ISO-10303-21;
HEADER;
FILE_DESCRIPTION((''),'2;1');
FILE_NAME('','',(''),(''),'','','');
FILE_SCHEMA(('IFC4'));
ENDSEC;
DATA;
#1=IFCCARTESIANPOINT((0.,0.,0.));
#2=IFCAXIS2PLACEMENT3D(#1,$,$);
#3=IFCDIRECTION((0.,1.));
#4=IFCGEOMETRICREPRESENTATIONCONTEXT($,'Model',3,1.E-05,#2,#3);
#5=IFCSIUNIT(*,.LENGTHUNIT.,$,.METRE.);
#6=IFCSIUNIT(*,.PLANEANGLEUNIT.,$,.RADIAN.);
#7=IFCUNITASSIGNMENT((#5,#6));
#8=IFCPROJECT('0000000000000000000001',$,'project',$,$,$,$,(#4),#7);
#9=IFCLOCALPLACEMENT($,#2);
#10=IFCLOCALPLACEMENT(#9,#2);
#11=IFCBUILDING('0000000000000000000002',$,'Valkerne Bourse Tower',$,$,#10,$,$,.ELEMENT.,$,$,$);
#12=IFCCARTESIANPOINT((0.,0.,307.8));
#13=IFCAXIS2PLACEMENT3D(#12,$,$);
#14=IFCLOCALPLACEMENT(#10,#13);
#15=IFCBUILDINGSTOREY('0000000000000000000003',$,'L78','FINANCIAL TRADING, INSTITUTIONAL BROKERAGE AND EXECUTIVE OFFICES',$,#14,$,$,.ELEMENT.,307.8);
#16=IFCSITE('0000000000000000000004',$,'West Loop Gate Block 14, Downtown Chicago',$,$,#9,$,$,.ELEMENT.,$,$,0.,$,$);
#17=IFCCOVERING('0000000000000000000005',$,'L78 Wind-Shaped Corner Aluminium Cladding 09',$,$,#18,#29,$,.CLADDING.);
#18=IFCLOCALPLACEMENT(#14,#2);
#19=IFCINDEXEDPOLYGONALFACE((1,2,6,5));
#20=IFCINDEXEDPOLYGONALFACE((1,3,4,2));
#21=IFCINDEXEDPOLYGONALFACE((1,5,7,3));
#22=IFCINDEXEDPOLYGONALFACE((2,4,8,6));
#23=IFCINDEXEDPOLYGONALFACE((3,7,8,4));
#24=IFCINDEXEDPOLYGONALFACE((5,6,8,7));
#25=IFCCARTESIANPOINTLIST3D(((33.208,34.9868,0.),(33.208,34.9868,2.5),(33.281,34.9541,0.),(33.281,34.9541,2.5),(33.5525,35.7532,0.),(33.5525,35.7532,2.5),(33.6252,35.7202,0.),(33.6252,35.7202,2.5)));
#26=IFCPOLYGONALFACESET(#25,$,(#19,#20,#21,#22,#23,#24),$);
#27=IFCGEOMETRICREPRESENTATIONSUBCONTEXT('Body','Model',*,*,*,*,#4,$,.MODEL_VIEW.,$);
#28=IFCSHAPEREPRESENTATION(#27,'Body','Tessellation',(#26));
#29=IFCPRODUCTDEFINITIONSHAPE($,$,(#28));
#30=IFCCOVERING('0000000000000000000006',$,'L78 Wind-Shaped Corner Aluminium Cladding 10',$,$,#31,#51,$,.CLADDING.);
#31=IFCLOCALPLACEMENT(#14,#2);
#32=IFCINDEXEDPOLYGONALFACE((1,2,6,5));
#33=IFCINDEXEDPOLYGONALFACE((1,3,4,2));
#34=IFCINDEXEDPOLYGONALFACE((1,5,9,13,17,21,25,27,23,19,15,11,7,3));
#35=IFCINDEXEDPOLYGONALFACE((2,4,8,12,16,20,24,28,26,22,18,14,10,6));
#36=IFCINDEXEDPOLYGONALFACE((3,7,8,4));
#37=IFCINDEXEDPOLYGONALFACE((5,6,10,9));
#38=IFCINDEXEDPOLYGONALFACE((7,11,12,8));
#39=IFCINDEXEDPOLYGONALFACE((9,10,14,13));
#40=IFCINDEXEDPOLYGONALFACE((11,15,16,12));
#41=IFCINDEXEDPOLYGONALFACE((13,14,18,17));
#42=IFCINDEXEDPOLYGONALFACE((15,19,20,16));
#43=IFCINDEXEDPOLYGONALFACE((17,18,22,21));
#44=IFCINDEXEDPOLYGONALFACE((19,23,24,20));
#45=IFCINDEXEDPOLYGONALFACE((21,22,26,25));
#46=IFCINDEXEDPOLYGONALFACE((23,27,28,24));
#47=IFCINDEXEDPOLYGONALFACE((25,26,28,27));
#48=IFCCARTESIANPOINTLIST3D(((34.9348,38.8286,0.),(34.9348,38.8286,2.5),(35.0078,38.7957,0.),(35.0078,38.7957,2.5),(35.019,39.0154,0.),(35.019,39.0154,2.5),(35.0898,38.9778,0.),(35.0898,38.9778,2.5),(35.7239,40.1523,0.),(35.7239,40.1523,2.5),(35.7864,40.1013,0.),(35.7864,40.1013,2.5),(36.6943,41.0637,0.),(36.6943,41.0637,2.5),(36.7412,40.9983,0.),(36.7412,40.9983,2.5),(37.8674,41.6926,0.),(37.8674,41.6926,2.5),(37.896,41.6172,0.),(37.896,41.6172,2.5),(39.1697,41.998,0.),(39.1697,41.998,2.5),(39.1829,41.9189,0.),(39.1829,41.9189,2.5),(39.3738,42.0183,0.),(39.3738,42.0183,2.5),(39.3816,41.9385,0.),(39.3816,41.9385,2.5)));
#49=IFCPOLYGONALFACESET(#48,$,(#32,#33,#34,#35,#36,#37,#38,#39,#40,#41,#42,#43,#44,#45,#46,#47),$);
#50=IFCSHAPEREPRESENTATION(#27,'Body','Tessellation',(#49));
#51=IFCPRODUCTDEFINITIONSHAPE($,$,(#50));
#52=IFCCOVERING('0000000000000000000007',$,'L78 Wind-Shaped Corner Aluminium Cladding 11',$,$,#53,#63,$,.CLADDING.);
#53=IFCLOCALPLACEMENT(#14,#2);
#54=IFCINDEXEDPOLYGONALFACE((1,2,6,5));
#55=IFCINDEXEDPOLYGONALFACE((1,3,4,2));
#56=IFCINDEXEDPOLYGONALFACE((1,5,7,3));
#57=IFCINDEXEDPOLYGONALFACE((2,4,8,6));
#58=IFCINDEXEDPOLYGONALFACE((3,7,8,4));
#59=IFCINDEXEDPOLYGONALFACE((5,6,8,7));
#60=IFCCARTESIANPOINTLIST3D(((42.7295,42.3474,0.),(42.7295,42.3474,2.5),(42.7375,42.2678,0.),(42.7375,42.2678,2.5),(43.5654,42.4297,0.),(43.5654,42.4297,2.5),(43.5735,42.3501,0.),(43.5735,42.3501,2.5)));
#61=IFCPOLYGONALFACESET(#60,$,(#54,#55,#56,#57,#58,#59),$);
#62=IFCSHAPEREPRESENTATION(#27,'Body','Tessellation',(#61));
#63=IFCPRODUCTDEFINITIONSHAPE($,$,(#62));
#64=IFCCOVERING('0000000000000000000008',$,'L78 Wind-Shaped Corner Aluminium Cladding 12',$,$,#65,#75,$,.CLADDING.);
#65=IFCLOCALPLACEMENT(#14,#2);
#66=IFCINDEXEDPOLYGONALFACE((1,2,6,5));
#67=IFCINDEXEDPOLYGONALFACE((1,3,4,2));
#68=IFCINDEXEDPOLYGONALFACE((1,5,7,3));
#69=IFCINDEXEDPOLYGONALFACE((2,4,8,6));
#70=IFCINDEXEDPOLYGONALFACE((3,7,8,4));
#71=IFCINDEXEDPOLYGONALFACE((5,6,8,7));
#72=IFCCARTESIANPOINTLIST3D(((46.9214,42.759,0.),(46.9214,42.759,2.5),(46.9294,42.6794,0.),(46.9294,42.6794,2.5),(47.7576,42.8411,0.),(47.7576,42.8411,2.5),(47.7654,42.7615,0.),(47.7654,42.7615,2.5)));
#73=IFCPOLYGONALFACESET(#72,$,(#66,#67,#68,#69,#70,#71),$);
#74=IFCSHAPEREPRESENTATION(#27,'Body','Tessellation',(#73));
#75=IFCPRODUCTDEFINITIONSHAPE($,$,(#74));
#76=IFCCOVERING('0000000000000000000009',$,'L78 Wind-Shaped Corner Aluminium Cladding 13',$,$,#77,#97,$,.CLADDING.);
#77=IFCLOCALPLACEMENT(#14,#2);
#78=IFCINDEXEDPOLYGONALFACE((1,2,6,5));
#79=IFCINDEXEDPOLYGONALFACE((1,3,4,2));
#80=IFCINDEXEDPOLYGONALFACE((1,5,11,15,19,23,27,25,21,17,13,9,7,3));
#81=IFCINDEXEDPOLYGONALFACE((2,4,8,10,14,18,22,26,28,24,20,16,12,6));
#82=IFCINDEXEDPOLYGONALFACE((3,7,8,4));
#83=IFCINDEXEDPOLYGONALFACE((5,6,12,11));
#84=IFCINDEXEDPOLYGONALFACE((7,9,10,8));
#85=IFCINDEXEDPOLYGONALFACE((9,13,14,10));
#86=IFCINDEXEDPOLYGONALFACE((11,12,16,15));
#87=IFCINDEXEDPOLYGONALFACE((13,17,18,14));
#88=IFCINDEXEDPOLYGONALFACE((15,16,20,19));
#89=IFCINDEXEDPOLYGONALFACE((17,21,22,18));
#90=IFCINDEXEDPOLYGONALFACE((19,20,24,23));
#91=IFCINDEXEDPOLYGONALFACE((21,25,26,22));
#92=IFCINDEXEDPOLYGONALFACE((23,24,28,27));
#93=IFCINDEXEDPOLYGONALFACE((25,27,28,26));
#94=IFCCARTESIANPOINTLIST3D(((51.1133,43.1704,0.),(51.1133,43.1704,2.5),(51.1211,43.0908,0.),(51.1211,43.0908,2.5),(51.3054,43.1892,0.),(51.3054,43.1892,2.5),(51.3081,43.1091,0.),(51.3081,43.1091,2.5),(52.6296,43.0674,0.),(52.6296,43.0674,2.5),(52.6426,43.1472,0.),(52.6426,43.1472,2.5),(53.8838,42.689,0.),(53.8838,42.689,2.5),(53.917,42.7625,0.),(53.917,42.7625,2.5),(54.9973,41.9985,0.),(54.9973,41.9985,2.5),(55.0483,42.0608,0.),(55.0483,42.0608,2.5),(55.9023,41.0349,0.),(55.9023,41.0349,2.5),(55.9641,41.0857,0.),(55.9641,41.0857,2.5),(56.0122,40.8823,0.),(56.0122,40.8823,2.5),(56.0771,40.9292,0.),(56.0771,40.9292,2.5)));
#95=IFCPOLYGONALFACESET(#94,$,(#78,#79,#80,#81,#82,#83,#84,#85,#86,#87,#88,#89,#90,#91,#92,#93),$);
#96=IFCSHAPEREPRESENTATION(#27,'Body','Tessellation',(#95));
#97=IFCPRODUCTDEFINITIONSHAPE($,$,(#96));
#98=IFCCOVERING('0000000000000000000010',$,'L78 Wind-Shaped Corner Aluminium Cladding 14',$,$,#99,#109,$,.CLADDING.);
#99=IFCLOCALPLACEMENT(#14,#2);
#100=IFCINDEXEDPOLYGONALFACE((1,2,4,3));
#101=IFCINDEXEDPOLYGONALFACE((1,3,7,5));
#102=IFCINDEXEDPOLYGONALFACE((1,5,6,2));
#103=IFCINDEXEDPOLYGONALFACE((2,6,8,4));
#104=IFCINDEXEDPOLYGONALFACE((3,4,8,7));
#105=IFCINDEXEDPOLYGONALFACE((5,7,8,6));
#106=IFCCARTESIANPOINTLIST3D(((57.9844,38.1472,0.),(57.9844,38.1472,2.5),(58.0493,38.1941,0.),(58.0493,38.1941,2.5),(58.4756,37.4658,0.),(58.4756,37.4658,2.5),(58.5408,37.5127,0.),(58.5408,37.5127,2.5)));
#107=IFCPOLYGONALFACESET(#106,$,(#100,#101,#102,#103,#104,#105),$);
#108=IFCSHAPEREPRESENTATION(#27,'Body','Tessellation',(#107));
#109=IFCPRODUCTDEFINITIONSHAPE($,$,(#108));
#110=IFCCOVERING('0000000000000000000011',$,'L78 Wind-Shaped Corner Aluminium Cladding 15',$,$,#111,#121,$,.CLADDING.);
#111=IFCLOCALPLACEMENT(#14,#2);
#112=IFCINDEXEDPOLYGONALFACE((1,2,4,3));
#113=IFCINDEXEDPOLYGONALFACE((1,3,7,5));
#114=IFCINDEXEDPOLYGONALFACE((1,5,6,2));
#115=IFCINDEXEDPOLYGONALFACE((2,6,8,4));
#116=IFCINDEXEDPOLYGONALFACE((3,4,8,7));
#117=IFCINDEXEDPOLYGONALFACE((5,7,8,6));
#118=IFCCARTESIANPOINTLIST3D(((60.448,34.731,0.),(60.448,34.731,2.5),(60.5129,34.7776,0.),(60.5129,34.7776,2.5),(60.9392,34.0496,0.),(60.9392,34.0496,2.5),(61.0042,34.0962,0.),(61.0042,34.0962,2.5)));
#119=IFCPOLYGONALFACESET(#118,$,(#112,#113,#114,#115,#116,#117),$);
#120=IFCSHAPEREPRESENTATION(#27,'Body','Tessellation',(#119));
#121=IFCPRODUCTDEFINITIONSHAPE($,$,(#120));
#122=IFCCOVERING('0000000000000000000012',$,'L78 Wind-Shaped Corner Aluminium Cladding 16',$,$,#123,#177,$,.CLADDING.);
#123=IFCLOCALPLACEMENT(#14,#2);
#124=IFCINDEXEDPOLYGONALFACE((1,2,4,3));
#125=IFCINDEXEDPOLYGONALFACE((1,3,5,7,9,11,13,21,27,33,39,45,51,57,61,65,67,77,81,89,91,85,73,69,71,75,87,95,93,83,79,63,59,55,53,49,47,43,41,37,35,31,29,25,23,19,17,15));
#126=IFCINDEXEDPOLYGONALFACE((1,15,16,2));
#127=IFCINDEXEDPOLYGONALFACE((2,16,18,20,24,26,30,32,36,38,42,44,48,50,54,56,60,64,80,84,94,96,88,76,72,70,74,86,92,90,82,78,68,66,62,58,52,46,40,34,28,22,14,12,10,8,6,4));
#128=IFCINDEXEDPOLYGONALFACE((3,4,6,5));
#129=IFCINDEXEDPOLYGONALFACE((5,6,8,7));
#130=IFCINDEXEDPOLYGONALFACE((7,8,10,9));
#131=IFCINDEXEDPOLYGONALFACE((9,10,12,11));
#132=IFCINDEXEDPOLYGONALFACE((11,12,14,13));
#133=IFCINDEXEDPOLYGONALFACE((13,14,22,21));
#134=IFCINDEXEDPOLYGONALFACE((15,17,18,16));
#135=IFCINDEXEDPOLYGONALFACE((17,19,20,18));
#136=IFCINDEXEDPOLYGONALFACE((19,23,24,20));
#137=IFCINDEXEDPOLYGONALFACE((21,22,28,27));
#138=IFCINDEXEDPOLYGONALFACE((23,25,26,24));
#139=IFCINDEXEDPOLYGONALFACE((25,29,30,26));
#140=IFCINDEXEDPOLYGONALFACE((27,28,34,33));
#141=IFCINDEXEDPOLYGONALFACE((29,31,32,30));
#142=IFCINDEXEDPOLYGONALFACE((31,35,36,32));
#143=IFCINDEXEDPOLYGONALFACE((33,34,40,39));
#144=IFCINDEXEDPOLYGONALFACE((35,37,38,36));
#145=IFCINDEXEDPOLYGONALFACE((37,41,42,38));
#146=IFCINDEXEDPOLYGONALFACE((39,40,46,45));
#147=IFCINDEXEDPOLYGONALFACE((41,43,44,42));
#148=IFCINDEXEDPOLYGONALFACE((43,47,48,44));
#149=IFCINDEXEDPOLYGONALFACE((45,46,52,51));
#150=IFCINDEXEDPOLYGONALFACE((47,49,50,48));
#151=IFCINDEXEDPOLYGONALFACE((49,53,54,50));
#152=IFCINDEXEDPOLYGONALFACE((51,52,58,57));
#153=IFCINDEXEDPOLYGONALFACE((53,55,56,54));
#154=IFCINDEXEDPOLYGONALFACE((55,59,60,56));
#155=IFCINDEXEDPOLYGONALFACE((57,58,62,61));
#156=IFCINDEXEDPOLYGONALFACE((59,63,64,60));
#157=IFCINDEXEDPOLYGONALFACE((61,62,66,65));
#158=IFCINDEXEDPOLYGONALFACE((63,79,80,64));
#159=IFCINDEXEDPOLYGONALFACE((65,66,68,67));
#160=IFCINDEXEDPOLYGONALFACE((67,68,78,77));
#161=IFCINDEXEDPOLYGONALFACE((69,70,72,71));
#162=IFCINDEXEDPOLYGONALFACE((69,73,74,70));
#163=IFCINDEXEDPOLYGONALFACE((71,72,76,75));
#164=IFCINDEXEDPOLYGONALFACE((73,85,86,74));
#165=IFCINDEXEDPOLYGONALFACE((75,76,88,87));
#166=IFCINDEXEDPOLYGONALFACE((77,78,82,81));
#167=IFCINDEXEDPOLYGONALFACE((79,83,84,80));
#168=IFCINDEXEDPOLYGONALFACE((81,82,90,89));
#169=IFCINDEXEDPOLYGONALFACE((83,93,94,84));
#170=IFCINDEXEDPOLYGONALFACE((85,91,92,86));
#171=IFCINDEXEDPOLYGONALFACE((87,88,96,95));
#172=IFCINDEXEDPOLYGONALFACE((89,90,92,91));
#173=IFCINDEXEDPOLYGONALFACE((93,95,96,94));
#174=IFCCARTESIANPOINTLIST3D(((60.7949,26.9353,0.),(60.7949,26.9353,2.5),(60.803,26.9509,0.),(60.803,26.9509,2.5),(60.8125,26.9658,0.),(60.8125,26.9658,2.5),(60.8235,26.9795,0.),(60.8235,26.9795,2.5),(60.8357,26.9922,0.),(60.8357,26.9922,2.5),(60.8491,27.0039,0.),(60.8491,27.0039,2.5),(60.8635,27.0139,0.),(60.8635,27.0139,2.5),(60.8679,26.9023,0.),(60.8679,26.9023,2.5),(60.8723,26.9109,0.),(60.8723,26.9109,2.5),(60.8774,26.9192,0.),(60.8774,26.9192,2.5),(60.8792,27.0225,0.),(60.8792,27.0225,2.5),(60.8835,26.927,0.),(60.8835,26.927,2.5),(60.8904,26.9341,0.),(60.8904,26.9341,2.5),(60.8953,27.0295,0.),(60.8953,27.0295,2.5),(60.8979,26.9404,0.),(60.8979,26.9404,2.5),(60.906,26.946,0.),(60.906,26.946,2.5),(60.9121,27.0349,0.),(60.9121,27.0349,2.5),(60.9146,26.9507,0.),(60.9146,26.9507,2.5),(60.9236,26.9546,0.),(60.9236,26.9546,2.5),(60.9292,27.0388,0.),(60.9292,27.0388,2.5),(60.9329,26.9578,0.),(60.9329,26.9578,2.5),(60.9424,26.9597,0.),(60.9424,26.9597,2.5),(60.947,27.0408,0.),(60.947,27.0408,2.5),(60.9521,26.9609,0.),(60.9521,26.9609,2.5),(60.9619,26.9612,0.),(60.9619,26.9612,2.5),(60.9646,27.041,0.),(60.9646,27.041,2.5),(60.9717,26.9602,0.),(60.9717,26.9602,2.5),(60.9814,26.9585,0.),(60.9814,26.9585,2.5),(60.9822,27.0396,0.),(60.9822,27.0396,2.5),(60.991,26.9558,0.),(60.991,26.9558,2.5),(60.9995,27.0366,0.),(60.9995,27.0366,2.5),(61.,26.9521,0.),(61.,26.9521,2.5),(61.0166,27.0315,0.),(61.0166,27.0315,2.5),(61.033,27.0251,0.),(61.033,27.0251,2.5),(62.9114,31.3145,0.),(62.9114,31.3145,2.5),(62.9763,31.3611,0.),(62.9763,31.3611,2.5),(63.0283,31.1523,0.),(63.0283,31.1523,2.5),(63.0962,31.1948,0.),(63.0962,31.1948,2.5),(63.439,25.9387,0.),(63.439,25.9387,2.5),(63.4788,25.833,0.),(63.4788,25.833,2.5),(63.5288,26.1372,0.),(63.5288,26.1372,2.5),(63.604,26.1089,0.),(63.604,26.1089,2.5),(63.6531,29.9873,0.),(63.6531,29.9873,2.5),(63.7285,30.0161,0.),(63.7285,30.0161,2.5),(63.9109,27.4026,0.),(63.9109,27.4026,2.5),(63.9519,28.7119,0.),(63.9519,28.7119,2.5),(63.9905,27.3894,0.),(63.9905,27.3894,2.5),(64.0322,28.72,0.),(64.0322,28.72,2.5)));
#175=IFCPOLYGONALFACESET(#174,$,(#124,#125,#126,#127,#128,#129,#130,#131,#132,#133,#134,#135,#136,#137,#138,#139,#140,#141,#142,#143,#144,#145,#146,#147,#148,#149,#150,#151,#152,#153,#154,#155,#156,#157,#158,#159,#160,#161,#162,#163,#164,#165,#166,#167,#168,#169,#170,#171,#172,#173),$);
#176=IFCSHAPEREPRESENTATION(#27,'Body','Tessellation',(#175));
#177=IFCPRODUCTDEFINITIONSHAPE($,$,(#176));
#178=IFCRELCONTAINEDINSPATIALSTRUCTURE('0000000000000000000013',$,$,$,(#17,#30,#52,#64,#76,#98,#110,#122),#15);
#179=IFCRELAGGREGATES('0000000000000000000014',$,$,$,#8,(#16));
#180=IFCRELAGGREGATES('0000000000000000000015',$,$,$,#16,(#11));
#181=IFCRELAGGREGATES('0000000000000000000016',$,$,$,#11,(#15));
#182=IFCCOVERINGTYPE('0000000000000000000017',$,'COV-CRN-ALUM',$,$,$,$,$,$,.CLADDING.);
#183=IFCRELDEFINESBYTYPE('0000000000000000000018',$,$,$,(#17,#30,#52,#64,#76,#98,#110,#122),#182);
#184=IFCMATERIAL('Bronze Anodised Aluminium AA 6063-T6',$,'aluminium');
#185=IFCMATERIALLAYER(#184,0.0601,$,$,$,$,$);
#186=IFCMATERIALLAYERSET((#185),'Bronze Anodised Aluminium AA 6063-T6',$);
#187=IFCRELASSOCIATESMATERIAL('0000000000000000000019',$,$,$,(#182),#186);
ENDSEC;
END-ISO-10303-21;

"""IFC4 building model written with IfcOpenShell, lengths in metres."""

from ifc_helpers import new_model, si_unit, direction, frame, origin, place, context, subcontext, project, spatial, polyline, outline, extrude, material, layer, layer_set, type_object, element, save


model = new_model("IFC4")

# Units and contexts
model_context = context("Model", 3, precision=1e-05, world=origin(), true_north=direction((0.0, 1.0)))
body_context = subcontext(model_context, "Body", "Model", "MODEL_VIEW")
ifc_project = project(units=[si_unit("LENGTHUNIT", "METRE"), si_unit("PLANEANGLEUNIT", "RADIAN")], contexts=[model_context])

# Site, building, storey
site_placement = place(None, origin())
site = spatial("IfcSite", under=ifc_project, at=site_placement, Name="West Loop Gate Block 14, Downtown Chicago", CompositionType="ELEMENT", RefElevation=0.0)
building_placement = place(site_placement, origin())
building = spatial("IfcBuilding", under=site, at=building_placement, Name="Valkerne Bourse Tower", CompositionType="ELEMENT")
storey_placement = place(building_placement, frame((0.0, 0.0, 307.8)))
storey = spatial("IfcBuildingStorey", under=building, at=storey_placement, Name="L78", Description="FINANCIAL TRADING, INSTITUTIONAL BROKERAGE AND EXECUTIVE OFFICES", CompositionType="ELEMENT", Elevation=307.8)

# Coverings
ifc_material_1 = material(Name="Bronze Anodised Aluminium AA 6063-T6", Category="aluminium")
ifc_layer_1 = layer(ifc_material_1, 0.0601)
ifc_layer_set_1 = layer_set([ifc_layer_1], Name="Bronze Anodised Aluminium AA 6063-T6")
covering_type_1 = type_object("IfcCoveringType", Name="COV-CRN-ALUM", PredefinedType="CLADDING", material=ifc_layer_set_1)
covering_1_placement = place(storey_placement, origin())
element("IfcCovering", 1, at=covering_1_placement, inside=storey, type_object=covering_type_1, Name="L78 Wind-Shaped Corner Aluminium Cladding 09", PredefinedType="CLADDING", context=body_context, shape_type="SweptSolid", body=[
    extrude(outline(polyline([(33.5525, 35.7532), (33.6252, 35.7202), (33.281, 34.9541), (33.208, 34.9868), (33.5525, 35.7532)])), origin(), (0.0, 0.0, 1.0), 2.5),
])
covering_2_placement = place(storey_placement, origin())
element("IfcCovering", 2, at=covering_2_placement, inside=storey, type_object=covering_type_1, Name="L78 Wind-Shaped Corner Aluminium Cladding 10", PredefinedType="CLADDING", context=body_context, shape_type="SweptSolid", body=[
    extrude(outline(polyline([(35.019, 39.0154), (35.7239, 40.1523), (36.6943, 41.0637), (37.8674, 41.6926), (39.1697, 41.998), (39.3738, 42.0183), (39.3816, 41.9385), (39.1829, 41.9189), (37.896, 41.6172), (36.7412, 40.9983), (35.7864, 40.1013), (35.0898, 38.9778), (35.0078, 38.7957), (34.9348, 38.8286), (35.019, 39.0154)])), origin(), (0.0, 0.0, 1.0), 2.5),
])
covering_3_placement = place(storey_placement, origin())
element("IfcCovering", 3, at=covering_3_placement, inside=storey, type_object=covering_type_1, Name="L78 Wind-Shaped Corner Aluminium Cladding 11", PredefinedType="CLADDING", context=body_context, shape_type="SweptSolid", body=[
    extrude(outline(polyline([(43.5654, 42.4297), (43.5735, 42.3501), (42.7375, 42.2678), (42.7295, 42.3474), (43.5654, 42.4297)])), origin(), (0.0, 0.0, 1.0), 2.5),
])
covering_4_placement = place(storey_placement, origin())
element("IfcCovering", 4, at=covering_4_placement, inside=storey, type_object=covering_type_1, Name="L78 Wind-Shaped Corner Aluminium Cladding 12", PredefinedType="CLADDING", context=body_context, shape_type="SweptSolid", body=[
    extrude(outline(polyline([(47.7576, 42.8411), (47.7654, 42.7615), (46.9294, 42.6794), (46.9214, 42.759), (47.7576, 42.8411)])), origin(), (0.0, 0.0, 1.0), 2.5),
])
covering_5_placement = place(storey_placement, origin())
element("IfcCovering", 5, at=covering_5_placement, inside=storey, type_object=covering_type_1, Name="L78 Wind-Shaped Corner Aluminium Cladding 13", PredefinedType="CLADDING", context=body_context, shape_type="SweptSolid", body=[
    extrude(outline(polyline([(51.3054, 43.1892), (52.6426, 43.1472), (53.917, 42.7625), (55.0483, 42.0608), (55.9641, 41.0857), (56.0771, 40.9292), (56.0122, 40.8823), (55.9023, 41.0349), (54.9973, 41.9985), (53.8838, 42.689), (52.6296, 43.0674), (51.3081, 43.1091), (51.1211, 43.0908), (51.1133, 43.1704), (51.3054, 43.1892)])), origin(), (0.0, 0.0, 1.0), 2.5),
])
covering_6_placement = place(storey_placement, origin())
element("IfcCovering", 6, at=covering_6_placement, inside=storey, type_object=covering_type_1, Name="L78 Wind-Shaped Corner Aluminium Cladding 14", PredefinedType="CLADDING", context=body_context, shape_type="SweptSolid", body=[
    extrude(outline(polyline([(58.5408, 37.5127), (58.4756, 37.4658), (57.9844, 38.1472), (58.0493, 38.1941), (58.5408, 37.5127)])), origin(), (0.0, 0.0, 1.0), 2.5),
])
covering_7_placement = place(storey_placement, origin())
element("IfcCovering", 7, at=covering_7_placement, inside=storey, type_object=covering_type_1, Name="L78 Wind-Shaped Corner Aluminium Cladding 15", PredefinedType="CLADDING", context=body_context, shape_type="SweptSolid", body=[
    extrude(outline(polyline([(61.0042, 34.0962), (60.9392, 34.0496), (60.448, 34.731), (60.5129, 34.7776), (61.0042, 34.0962)])), origin(), (0.0, 0.0, 1.0), 2.5),
])
covering_8_placement = place(storey_placement, origin())
element("IfcCovering", 8, at=covering_8_placement, inside=storey, type_object=covering_type_1, Name="L78 Wind-Shaped Corner Aluminium Cladding 16", PredefinedType="CLADDING", context=body_context, shape_type="SweptSolid", body=[
    extrude(outline(polyline([(63.0962, 31.1948), (63.7285, 30.0161), (64.0322, 28.72), (63.9905, 27.3894), (63.604, 26.1089), (63.4788, 25.833), (61.0, 26.9521), (60.991, 26.9558), (60.9814, 26.9585), (60.9717, 26.9602), (60.9619, 26.9612), (60.9521, 26.9609), (60.9424, 26.9597), (60.9329, 26.9578), (60.9236, 26.9546), (60.9146, 26.9507), (60.906, 26.946), (60.8979, 26.9404), (60.8904, 26.9341), (60.8835, 26.927), (60.8774, 26.9192), (60.8723, 26.9109), (60.8679, 26.9023), (60.7949, 26.9353), (60.803, 26.9509), (60.8125, 26.9658), (60.8235, 26.9795), (60.8357, 26.9922), (60.8491, 27.0039), (60.8635, 27.0139), (60.8792, 27.0225), (60.8953, 27.0295), (60.9121, 27.0349), (60.9292, 27.0388), (60.947, 27.0408), (60.9646, 27.041), (60.9822, 27.0396), (60.9995, 27.0366), (61.0166, 27.0315), (61.033, 27.0251), (63.439, 25.9387), (63.5288, 26.1372), (63.9109, 27.4026), (63.9519, 28.7119), (63.6531, 29.9873), (63.0283, 31.1523), (62.9114, 31.3145), (62.9763, 31.3611), (63.0962, 31.1948)])), origin(), (0.0, 0.0, 1.0), 2.5),
])

save(model, "model.ifc")
